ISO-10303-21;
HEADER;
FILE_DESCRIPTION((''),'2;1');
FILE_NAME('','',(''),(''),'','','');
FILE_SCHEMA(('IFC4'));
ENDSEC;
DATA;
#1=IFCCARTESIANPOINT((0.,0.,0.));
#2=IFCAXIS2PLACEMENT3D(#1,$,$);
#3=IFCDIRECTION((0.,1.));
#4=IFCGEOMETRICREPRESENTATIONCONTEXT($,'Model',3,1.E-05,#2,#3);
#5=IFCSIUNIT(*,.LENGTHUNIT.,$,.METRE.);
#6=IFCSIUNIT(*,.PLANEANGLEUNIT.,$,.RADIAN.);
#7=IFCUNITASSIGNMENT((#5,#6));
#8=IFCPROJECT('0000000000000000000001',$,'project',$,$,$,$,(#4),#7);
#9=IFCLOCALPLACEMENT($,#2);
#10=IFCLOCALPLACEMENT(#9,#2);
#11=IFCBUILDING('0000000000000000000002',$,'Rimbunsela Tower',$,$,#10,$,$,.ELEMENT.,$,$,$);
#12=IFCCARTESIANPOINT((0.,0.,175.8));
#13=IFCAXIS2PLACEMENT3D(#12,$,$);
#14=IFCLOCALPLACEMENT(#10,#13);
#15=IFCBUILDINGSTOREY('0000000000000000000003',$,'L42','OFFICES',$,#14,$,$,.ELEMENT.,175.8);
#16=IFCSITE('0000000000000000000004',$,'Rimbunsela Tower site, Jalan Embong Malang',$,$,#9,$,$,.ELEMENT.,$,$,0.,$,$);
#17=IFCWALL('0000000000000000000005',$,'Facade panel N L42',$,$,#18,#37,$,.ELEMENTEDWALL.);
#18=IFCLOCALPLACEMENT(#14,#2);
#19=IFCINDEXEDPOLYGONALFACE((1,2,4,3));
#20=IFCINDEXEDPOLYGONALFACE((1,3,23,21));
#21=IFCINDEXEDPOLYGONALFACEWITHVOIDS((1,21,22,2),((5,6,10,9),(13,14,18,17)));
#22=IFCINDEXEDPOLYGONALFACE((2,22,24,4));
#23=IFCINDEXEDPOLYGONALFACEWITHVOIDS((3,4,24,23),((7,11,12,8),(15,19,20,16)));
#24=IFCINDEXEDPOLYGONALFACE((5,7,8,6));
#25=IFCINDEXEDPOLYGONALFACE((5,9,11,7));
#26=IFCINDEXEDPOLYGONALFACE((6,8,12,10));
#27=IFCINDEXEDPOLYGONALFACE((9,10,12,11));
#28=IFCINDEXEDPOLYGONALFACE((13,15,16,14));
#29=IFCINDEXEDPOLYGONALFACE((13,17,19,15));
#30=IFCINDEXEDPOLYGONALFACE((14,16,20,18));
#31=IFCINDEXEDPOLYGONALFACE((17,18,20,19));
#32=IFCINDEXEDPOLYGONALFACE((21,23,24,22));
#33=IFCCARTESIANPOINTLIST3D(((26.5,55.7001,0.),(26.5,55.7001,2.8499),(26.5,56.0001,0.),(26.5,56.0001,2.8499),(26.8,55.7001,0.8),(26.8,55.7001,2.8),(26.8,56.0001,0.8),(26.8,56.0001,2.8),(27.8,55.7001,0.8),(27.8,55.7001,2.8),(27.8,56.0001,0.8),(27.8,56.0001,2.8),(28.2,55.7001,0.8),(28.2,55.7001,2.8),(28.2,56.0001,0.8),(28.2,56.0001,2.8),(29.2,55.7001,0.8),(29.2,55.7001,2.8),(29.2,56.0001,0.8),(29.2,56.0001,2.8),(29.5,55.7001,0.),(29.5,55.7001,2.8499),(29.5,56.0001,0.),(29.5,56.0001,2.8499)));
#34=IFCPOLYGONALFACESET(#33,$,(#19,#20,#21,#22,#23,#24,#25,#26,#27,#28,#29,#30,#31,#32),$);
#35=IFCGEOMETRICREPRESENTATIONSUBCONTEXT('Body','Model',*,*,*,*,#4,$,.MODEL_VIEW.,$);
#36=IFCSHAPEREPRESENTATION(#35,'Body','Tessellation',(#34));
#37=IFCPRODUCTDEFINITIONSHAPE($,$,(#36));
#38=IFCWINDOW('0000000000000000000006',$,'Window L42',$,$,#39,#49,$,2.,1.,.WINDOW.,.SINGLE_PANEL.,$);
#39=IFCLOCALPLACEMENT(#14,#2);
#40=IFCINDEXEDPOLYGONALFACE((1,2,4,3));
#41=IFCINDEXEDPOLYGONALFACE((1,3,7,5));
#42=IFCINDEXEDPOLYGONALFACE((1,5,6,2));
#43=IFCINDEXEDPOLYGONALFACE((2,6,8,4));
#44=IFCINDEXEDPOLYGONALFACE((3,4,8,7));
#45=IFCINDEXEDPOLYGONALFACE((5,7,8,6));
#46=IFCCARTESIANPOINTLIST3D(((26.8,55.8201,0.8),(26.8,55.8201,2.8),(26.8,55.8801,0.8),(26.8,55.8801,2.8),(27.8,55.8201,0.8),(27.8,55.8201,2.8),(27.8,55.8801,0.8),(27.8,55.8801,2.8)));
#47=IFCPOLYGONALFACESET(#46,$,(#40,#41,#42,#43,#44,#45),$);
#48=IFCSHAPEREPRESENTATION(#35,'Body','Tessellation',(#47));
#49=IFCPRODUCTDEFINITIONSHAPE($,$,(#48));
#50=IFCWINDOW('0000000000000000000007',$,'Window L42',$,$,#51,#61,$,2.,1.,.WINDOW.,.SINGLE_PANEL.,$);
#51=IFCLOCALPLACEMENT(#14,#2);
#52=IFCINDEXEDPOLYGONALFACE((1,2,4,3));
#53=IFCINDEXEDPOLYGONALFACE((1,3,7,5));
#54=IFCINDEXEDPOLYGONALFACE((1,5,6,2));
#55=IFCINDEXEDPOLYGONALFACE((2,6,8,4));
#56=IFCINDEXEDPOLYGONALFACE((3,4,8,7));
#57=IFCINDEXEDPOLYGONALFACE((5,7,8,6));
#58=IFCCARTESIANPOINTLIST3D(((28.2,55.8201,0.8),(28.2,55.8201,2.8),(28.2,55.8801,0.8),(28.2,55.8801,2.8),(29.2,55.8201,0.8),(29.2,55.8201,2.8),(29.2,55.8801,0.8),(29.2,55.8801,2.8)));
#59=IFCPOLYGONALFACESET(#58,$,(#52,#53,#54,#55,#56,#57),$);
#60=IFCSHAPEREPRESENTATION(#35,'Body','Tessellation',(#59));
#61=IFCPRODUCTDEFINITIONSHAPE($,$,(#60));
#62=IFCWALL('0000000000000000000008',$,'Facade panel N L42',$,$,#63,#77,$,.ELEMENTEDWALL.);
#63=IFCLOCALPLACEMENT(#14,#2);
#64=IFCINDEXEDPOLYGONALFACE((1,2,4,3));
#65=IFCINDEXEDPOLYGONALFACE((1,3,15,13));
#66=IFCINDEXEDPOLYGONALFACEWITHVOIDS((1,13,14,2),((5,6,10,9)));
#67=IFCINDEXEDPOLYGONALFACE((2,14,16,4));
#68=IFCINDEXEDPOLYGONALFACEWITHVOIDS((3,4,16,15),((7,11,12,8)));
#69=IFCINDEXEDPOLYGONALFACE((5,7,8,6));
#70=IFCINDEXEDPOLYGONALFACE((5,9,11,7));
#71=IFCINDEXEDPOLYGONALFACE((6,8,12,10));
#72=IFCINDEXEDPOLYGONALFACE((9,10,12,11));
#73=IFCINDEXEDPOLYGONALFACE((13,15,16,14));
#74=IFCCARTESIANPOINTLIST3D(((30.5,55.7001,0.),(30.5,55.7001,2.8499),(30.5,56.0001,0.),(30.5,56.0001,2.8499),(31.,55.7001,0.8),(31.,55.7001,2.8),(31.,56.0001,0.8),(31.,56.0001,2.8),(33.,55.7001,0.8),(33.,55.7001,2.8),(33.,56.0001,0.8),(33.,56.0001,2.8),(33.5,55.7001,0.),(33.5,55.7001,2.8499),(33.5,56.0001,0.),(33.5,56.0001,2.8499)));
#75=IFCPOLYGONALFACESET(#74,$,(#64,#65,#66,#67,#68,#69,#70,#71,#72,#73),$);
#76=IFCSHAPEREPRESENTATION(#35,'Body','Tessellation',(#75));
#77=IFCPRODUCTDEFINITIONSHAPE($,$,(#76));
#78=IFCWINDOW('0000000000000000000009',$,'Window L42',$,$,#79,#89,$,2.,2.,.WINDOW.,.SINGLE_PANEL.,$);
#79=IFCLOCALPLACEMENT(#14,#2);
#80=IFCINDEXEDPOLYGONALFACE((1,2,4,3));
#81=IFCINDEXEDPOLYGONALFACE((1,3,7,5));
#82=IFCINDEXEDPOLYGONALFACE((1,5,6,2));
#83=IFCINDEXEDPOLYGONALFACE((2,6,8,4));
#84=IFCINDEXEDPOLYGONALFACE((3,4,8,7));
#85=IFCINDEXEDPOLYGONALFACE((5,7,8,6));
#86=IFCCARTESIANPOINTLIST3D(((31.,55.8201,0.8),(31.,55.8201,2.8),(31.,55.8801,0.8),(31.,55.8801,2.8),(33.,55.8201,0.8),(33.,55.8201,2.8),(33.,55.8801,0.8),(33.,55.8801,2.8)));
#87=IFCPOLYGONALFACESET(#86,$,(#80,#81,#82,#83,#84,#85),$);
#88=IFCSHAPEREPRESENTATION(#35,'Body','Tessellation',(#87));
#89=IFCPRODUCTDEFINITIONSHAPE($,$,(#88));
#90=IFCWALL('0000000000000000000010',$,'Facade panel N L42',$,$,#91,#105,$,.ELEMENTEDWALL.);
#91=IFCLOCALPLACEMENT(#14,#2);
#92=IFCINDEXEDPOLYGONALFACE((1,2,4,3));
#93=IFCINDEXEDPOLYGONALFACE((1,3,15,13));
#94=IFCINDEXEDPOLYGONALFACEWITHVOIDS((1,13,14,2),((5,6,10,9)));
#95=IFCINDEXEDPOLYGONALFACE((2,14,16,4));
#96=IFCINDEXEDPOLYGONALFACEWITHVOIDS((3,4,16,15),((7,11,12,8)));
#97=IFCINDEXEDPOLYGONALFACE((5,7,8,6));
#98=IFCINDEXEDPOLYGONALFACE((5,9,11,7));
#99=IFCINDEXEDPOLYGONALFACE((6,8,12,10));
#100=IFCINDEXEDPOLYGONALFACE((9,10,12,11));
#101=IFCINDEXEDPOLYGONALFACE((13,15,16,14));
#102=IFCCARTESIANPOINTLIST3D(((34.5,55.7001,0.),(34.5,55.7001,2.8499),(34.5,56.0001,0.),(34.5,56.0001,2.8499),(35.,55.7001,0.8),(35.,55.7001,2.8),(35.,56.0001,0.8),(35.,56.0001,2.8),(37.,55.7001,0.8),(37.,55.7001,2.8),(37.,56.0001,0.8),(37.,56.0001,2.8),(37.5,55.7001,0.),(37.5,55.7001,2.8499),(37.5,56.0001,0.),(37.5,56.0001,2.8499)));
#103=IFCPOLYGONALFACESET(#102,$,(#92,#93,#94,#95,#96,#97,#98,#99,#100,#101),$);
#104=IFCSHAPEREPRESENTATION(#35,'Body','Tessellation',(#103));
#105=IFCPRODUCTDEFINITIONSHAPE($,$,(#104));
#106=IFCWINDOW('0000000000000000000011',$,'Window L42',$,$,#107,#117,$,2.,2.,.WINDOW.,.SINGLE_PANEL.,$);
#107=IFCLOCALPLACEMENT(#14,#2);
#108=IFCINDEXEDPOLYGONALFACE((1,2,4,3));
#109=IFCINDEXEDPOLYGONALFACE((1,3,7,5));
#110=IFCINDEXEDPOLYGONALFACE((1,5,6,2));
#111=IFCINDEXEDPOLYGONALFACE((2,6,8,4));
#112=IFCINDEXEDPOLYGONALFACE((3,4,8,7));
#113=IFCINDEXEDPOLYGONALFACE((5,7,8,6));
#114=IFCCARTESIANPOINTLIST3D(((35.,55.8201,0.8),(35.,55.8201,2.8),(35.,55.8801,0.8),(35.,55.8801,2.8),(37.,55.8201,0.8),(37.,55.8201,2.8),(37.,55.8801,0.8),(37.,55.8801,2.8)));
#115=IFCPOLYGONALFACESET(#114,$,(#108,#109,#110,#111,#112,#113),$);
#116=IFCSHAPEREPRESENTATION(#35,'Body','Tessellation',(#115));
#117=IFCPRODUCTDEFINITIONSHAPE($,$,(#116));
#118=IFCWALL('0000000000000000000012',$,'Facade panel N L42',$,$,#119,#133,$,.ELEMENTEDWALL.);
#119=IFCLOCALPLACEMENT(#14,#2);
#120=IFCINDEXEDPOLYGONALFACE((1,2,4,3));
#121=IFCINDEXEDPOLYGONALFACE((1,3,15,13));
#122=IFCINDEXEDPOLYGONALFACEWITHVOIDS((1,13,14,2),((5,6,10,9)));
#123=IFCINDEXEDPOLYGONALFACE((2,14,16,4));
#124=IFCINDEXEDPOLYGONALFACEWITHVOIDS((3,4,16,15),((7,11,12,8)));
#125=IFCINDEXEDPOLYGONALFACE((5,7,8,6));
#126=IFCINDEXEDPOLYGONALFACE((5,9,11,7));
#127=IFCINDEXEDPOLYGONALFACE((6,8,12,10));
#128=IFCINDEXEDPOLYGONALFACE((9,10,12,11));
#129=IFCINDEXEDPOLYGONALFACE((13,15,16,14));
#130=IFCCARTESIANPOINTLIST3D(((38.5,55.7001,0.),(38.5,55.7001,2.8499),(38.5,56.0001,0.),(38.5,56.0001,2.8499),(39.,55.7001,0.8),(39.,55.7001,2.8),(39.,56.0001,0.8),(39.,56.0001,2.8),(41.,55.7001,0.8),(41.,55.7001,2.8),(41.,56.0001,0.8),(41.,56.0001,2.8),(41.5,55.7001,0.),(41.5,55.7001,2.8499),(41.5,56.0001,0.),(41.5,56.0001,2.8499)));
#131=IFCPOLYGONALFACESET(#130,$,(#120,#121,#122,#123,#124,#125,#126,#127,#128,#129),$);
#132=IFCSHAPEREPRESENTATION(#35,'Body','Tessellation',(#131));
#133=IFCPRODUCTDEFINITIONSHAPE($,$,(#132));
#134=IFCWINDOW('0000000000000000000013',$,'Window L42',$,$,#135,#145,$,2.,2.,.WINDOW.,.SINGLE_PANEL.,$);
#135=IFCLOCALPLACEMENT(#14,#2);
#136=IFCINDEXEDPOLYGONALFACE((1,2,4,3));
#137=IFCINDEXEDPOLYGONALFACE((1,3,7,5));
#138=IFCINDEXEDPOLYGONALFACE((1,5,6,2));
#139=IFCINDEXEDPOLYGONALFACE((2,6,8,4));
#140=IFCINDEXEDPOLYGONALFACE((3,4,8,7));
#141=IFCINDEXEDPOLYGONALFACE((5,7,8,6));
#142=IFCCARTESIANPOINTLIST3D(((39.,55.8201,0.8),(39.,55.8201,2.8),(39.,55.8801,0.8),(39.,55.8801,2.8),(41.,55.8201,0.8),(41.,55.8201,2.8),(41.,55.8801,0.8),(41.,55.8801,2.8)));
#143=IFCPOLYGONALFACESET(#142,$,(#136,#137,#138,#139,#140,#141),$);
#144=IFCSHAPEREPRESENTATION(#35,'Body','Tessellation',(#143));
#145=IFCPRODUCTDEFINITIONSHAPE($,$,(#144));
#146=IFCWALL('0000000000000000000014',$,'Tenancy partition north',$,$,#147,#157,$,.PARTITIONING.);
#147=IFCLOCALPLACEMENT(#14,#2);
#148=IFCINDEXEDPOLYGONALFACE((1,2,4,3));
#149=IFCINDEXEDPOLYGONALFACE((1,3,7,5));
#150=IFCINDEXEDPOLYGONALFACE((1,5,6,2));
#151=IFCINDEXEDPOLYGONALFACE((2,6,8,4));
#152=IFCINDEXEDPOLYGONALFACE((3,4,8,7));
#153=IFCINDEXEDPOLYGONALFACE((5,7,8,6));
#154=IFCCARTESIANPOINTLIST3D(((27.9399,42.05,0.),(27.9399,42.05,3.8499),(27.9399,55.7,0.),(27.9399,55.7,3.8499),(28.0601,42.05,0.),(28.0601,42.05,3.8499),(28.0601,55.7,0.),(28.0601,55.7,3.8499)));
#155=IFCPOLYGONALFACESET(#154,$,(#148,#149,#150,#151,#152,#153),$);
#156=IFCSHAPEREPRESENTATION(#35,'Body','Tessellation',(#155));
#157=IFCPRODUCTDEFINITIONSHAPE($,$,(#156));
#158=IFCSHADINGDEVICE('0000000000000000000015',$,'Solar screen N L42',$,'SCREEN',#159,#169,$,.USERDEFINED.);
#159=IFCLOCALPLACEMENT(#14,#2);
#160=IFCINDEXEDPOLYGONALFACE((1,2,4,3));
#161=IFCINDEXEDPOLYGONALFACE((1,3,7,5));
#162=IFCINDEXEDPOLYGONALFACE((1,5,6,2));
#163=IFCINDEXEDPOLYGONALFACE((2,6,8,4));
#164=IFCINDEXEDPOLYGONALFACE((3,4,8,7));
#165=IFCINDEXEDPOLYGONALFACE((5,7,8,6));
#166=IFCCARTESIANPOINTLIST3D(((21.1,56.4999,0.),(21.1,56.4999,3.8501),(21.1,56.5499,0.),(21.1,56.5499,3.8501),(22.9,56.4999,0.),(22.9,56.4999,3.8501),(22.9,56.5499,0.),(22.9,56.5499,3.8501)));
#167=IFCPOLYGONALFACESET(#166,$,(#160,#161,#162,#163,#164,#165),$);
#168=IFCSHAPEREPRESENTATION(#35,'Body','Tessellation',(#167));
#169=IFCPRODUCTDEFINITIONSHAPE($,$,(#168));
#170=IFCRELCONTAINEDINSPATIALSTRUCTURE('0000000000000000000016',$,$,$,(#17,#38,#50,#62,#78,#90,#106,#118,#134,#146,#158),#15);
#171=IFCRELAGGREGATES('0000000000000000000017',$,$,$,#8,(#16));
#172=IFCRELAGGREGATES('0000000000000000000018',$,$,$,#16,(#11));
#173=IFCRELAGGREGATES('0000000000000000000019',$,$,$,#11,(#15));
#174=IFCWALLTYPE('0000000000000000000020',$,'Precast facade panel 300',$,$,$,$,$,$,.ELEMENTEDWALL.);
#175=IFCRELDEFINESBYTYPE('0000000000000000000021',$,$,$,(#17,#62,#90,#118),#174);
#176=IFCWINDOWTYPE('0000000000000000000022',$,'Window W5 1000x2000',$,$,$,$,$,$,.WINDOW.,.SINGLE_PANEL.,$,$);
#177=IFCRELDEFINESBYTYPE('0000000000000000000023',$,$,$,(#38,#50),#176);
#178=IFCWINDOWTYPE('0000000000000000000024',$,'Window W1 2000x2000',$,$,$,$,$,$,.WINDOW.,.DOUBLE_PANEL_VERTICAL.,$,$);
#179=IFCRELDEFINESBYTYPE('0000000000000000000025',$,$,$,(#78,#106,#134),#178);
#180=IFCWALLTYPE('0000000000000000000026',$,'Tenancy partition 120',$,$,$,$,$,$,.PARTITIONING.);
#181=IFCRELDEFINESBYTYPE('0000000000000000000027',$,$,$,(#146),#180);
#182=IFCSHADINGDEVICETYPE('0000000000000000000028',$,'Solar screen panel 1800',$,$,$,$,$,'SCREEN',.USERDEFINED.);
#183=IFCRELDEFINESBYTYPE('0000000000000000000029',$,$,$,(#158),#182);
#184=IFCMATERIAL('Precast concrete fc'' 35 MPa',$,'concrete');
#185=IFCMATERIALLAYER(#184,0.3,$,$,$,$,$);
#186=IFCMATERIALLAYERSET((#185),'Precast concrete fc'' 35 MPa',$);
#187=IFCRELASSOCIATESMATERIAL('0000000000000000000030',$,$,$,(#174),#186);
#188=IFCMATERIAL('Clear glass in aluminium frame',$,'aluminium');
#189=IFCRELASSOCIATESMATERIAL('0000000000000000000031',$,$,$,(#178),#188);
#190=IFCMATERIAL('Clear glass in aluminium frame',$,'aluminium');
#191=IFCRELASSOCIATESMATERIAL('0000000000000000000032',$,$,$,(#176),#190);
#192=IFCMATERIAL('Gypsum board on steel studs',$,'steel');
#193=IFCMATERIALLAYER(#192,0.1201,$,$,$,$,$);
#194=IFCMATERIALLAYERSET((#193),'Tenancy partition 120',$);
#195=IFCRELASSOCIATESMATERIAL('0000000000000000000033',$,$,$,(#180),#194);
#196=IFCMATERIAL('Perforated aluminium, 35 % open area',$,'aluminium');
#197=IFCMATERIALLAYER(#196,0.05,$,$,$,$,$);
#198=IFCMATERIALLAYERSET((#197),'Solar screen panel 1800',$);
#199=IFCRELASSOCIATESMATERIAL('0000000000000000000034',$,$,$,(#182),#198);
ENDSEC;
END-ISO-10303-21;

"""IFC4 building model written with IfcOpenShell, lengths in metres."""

from ifc_helpers import new_model, si_unit, direction, frame, frame_2d, origin, origin_2d, place, context, subcontext, project, spatial, rectangle, extrude, material, layer, layer_set, type_object, element, fill, save


model = new_model("IFC4")

# Units and contexts
model_context = context("Model", 3, precision=1e-05, world=origin(), true_north=direction((0.0, 1.0)))
body_context = subcontext(model_context, "Body", "Model", "MODEL_VIEW")
ifc_project = project(units=[si_unit("LENGTHUNIT", "METRE"), si_unit("PLANEANGLEUNIT", "RADIAN")], contexts=[model_context])

# Site, building, storey
site_placement = place(None, origin())
site = spatial("IfcSite", under=ifc_project, at=site_placement, Name="Rimbunsela Tower site, Jalan Embong Malang", CompositionType="ELEMENT", RefElevation=0.0)
building_placement = place(site_placement, origin())
building = spatial("IfcBuilding", under=site, at=building_placement, Name="Rimbunsela Tower", CompositionType="ELEMENT")
storey_placement = place(building_placement, frame((0.0, 0.0, 175.8)))
storey = spatial("IfcBuildingStorey", under=building, at=storey_placement, Name="L42", Description="OFFICES", CompositionType="ELEMENT", Elevation=175.8)

# Shared definitions
ifc_material_1 = material(Name="Precast concrete fc' 35 MPa", Category="concrete")
ifc_layer_1 = layer(ifc_material_1, 0.3)
ifc_layer_set_1 = layer_set([ifc_layer_1], Name="Precast concrete fc' 35 MPa")
wall_type_1 = type_object("IfcWallType", Name="Precast facade panel 300", PredefinedType="ELEMENTEDWALL", material=ifc_layer_set_1)
ifc_material_2 = material(Name="Clear glass in aluminium frame", Category="aluminium")
window_type_1 = type_object("IfcWindowType", Name="Window W1 2000x2000", PartitioningType="DOUBLE_PANEL_VERTICAL", PredefinedType="WINDOW", material=ifc_material_2)

# Wall, openings, windows
wall_1_placement = place(storey_placement, frame((29.5, 55.8501, 0.0), z_axis=(0.0, 0.0, 1.0), x_axis=(-1.0, 0.0, 0.0)))
wall_1 = element("IfcWall", 1, at=wall_1_placement, inside=storey, type_object=wall_type_1, Name="Facade panel N L42", PredefinedType="ELEMENTEDWALL", context=body_context, shape_type="SweptSolid", body=[
    extrude(rectangle(XDim=3.0, YDim=0.3, at=frame_2d((1.5, 0.0))), origin(), (0.0, 0.0, 1.0), 2.8499),
])
opening_1_placement = place(wall_1_placement, frame((1.7, 0.0, 0.8)))
opening_1 = element("IfcOpeningElement", 2, at=opening_1_placement, cuts=wall_1, PredefinedType="OPENING", context=body_context, shape_type="SweptSolid", body=[
    extrude(rectangle(XDim=1.0, YDim=2.0, at=frame_2d((0.5, 1.0))), frame((0.0, 0.1599, 0.0), z_axis=(0.0, -1.0, 0.0), x_axis=(1.0, 0.0, 0.0)), (0.0, 0.0, 1.0), 0.3201),
])
opening_2_placement = place(wall_1_placement, frame((0.3, 0.0, 0.8)))
opening_2 = element("IfcOpeningElement", 3, at=opening_2_placement, cuts=wall_1, PredefinedType="OPENING", context=body_context, shape_type="SweptSolid", body=[
    extrude(rectangle(XDim=1.0, YDim=2.0, at=frame_2d((0.5, 1.0))), frame((0.0, 0.1599, 0.0), z_axis=(0.0, -1.0, 0.0), x_axis=(1.0, 0.0, 0.0)), (0.0, 0.0, 1.0), 0.3201),
])
ifc_material_3 = material(Name="Clear glass in aluminium frame", Category="aluminium")
window_type_2 = type_object("IfcWindowType", Name="Window W5 1000x2000", PartitioningType="SINGLE_PANEL", PredefinedType="WINDOW", material=ifc_material_3)
window_1_placement = place(opening_1_placement, origin())
window_1 = element("IfcWindow", 4, at=window_1_placement, inside=storey, type_object=window_type_2, Name="Window L42", OverallHeight=2.0, OverallWidth=1.0, PartitioningType="SINGLE_PANEL", PredefinedType="WINDOW", context=body_context, shape_type="SweptSolid", body=[
    extrude(rectangle(XDim=1.0, YDim=2.0, at=frame_2d((0.5, 1.0))), frame((0.0, 0.03, 0.0), z_axis=(0.0, -1.0, 0.0), x_axis=(1.0, 0.0, 0.0)), (0.0, 0.0, 1.0), 0.0601),
])
fill(opening_1, window_1)
window_2_placement = place(opening_2_placement, origin())
window_2 = element("IfcWindow", 5, at=window_2_placement, inside=storey, type_object=window_type_2, Name="Window L42", OverallHeight=2.0, OverallWidth=1.0, PartitioningType="SINGLE_PANEL", PredefinedType="WINDOW", context=body_context, shape_type="SweptSolid", body=[
    extrude(rectangle(XDim=1.0, YDim=2.0, at=frame_2d((0.5, 1.0))), frame((0.0, 0.03, 0.0), z_axis=(0.0, -1.0, 0.0), x_axis=(1.0, 0.0, 0.0)), (0.0, 0.0, 1.0), 0.0601),
])
fill(opening_2, window_2)

# Walls, openings, windows
wall_2_placement = place(storey_placement, frame((33.5, 55.8501, 0.0), z_axis=(0.0, 0.0, 1.0), x_axis=(-1.0, 0.0, 0.0)))
wall_2 = element("IfcWall", 6, at=wall_2_placement, inside=storey, type_object=wall_type_1, Name="Facade panel N L42", PredefinedType="ELEMENTEDWALL", context=body_context, shape_type="SweptSolid", body=[
    extrude(rectangle(XDim=3.0, YDim=0.3, at=frame_2d((1.5, 0.0))), origin(), (0.0, 0.0, 1.0), 2.8499),
])
opening_3_placement = place(wall_2_placement, frame((0.5, 0.0, 0.8)))
opening_3 = element("IfcOpeningElement", 7, at=opening_3_placement, cuts=wall_2, PredefinedType="OPENING", context=body_context, shape_type="SweptSolid", body=[
    extrude(rectangle(XDim=2.0, YDim=2.0, at=frame_2d((1.0, 1.0))), frame((0.0, 0.1599, 0.0), z_axis=(0.0, -1.0, 0.0), x_axis=(1.0, 0.0, 0.0)), (0.0, 0.0, 1.0), 0.3201),
])
window_3_placement = place(opening_3_placement, origin())
window_3 = element("IfcWindow", 8, at=window_3_placement, inside=storey, type_object=window_type_1, Name="Window L42", OverallHeight=2.0, OverallWidth=2.0, PartitioningType="SINGLE_PANEL", PredefinedType="WINDOW", context=body_context, shape_type="SweptSolid", body=[
    extrude(rectangle(XDim=2.0, YDim=2.0, at=frame_2d((1.0, 1.0))), frame((0.0, 0.03, 0.0), z_axis=(0.0, -1.0, 0.0), x_axis=(1.0, 0.0, 0.0)), (0.0, 0.0, 1.0), 0.0601),
])
fill(opening_3, window_3)
wall_3_placement = place(storey_placement, frame((37.5, 55.8501, 0.0), z_axis=(0.0, 0.0, 1.0), x_axis=(-1.0, 0.0, 0.0)))
wall_3 = element("IfcWall", 9, at=wall_3_placement, inside=storey, type_object=wall_type_1, Name="Facade panel N L42", PredefinedType="ELEMENTEDWALL", context=body_context, shape_type="SweptSolid", body=[
    extrude(rectangle(XDim=3.0, YDim=0.3, at=frame_2d((1.5, 0.0))), origin(), (0.0, 0.0, 1.0), 2.8499),
])
opening_4_placement = place(wall_3_placement, frame((0.5, 0.0, 0.8)))
opening_4 = element("IfcOpeningElement", 10, at=opening_4_placement, cuts=wall_3, PredefinedType="OPENING", context=body_context, shape_type="SweptSolid", body=[
    extrude(rectangle(XDim=2.0, YDim=2.0, at=frame_2d((1.0, 1.0))), frame((0.0, 0.1599, 0.0), z_axis=(0.0, -1.0, 0.0), x_axis=(1.0, 0.0, 0.0)), (0.0, 0.0, 1.0), 0.3201),
])
window_4_placement = place(opening_4_placement, origin())
window_4 = element("IfcWindow", 11, at=window_4_placement, inside=storey, type_object=window_type_1, Name="Window L42", OverallHeight=2.0, OverallWidth=2.0, PartitioningType="SINGLE_PANEL", PredefinedType="WINDOW", context=body_context, shape_type="SweptSolid", body=[
    extrude(rectangle(XDim=2.0, YDim=2.0, at=frame_2d((1.0, 1.0))), frame((0.0, 0.03, 0.0), z_axis=(0.0, -1.0, 0.0), x_axis=(1.0, 0.0, 0.0)), (0.0, 0.0, 1.0), 0.0601),
])
fill(opening_4, window_4)
wall_4_placement = place(storey_placement, frame((41.5, 55.8501, 0.0), z_axis=(0.0, 0.0, 1.0), x_axis=(-1.0, 0.0, 0.0)))
wall_4 = element("IfcWall", 12, at=wall_4_placement, inside=storey, type_object=wall_type_1, Name="Facade panel N L42", PredefinedType="ELEMENTEDWALL", context=body_context, shape_type="SweptSolid", body=[
    extrude(rectangle(XDim=3.0, YDim=0.3, at=frame_2d((1.5, 0.0))), origin(), (0.0, 0.0, 1.0), 2.8499),
])
opening_5_placement = place(wall_4_placement, frame((0.5, 0.0, 0.8)))
opening_5 = element("IfcOpeningElement", 13, at=opening_5_placement, cuts=wall_4, PredefinedType="OPENING", context=body_context, shape_type="SweptSolid", body=[
    extrude(rectangle(XDim=2.0, YDim=2.0, at=frame_2d((1.0, 1.0))), frame((0.0, 0.1599, 0.0), z_axis=(0.0, -1.0, 0.0), x_axis=(1.0, 0.0, 0.0)), (0.0, 0.0, 1.0), 0.3201),
])
window_5_placement = place(opening_5_placement, origin())
window_5 = element("IfcWindow", 14, at=window_5_placement, inside=storey, type_object=window_type_1, Name="Window L42", OverallHeight=2.0, OverallWidth=2.0, PartitioningType="SINGLE_PANEL", PredefinedType="WINDOW", context=body_context, shape_type="SweptSolid", body=[
    extrude(rectangle(XDim=2.0, YDim=2.0, at=frame_2d((1.0, 1.0))), frame((0.0, 0.03, 0.0), z_axis=(0.0, -1.0, 0.0), x_axis=(1.0, 0.0, 0.0)), (0.0, 0.0, 1.0), 0.0601),
])
fill(opening_5, window_5)

# Wall
ifc_material_4 = material(Name="Gypsum board on steel studs", Category="steel")
ifc_layer_2 = layer(ifc_material_4, 0.1201)
ifc_layer_set_2 = layer_set([ifc_layer_2], Name="Tenancy partition 120")
wall_type_2 = type_object("IfcWallType", Name="Tenancy partition 120", PredefinedType="PARTITIONING", material=ifc_layer_set_2)
wall_5_placement = place(storey_placement, frame((28.0, 42.05, 0.0), z_axis=(0.0, 0.0, 1.0), x_axis=(0.0, 1.0, 0.0)))
element("IfcWall", 15, at=wall_5_placement, inside=storey, type_object=wall_type_2, Name="Tenancy partition north", PredefinedType="PARTITIONING", context=body_context, shape_type="SweptSolid", body=[
    extrude(rectangle(XDim=13.6499, YDim=0.1201, at=frame_2d((6.825, 0.0))), origin(), (0.0, 0.0, 1.0), 3.8499),
])

# Shading device
ifc_material_5 = material(Name="Perforated aluminium, 35 % open area", Category="aluminium")
ifc_layer_3 = layer(ifc_material_5, 0.05)
ifc_layer_set_3 = layer_set([ifc_layer_3], Name="Solar screen panel 1800")
shading_device_type = type_object("IfcShadingDeviceType", Name="Solar screen panel 1800", ElementType="SCREEN", PredefinedType="USERDEFINED", material=ifc_layer_set_3)
for number, where, z_axis, x_axis, name in (
    (16, (22.0, 56.5249, 0.0), (0.0, 0.0, 1.0), (1.0, 0.0, 0.0), "Solar screen N L42"),
):
    element("IfcShadingDevice", number, at=place(storey_placement, frame(where, z_axis=z_axis, x_axis=x_axis)), inside=storey, type_object=shading_device_type, Name=name, ObjectType="SCREEN", PredefinedType="USERDEFINED", context=body_context, shape_type="SweptSolid", body=[
        extrude(rectangle(XDim=1.8, YDim=0.05, at=origin_2d()), origin(), (0.0, 0.0, 1.0), 3.8501),
    ])

save(model, "model.ifc")
